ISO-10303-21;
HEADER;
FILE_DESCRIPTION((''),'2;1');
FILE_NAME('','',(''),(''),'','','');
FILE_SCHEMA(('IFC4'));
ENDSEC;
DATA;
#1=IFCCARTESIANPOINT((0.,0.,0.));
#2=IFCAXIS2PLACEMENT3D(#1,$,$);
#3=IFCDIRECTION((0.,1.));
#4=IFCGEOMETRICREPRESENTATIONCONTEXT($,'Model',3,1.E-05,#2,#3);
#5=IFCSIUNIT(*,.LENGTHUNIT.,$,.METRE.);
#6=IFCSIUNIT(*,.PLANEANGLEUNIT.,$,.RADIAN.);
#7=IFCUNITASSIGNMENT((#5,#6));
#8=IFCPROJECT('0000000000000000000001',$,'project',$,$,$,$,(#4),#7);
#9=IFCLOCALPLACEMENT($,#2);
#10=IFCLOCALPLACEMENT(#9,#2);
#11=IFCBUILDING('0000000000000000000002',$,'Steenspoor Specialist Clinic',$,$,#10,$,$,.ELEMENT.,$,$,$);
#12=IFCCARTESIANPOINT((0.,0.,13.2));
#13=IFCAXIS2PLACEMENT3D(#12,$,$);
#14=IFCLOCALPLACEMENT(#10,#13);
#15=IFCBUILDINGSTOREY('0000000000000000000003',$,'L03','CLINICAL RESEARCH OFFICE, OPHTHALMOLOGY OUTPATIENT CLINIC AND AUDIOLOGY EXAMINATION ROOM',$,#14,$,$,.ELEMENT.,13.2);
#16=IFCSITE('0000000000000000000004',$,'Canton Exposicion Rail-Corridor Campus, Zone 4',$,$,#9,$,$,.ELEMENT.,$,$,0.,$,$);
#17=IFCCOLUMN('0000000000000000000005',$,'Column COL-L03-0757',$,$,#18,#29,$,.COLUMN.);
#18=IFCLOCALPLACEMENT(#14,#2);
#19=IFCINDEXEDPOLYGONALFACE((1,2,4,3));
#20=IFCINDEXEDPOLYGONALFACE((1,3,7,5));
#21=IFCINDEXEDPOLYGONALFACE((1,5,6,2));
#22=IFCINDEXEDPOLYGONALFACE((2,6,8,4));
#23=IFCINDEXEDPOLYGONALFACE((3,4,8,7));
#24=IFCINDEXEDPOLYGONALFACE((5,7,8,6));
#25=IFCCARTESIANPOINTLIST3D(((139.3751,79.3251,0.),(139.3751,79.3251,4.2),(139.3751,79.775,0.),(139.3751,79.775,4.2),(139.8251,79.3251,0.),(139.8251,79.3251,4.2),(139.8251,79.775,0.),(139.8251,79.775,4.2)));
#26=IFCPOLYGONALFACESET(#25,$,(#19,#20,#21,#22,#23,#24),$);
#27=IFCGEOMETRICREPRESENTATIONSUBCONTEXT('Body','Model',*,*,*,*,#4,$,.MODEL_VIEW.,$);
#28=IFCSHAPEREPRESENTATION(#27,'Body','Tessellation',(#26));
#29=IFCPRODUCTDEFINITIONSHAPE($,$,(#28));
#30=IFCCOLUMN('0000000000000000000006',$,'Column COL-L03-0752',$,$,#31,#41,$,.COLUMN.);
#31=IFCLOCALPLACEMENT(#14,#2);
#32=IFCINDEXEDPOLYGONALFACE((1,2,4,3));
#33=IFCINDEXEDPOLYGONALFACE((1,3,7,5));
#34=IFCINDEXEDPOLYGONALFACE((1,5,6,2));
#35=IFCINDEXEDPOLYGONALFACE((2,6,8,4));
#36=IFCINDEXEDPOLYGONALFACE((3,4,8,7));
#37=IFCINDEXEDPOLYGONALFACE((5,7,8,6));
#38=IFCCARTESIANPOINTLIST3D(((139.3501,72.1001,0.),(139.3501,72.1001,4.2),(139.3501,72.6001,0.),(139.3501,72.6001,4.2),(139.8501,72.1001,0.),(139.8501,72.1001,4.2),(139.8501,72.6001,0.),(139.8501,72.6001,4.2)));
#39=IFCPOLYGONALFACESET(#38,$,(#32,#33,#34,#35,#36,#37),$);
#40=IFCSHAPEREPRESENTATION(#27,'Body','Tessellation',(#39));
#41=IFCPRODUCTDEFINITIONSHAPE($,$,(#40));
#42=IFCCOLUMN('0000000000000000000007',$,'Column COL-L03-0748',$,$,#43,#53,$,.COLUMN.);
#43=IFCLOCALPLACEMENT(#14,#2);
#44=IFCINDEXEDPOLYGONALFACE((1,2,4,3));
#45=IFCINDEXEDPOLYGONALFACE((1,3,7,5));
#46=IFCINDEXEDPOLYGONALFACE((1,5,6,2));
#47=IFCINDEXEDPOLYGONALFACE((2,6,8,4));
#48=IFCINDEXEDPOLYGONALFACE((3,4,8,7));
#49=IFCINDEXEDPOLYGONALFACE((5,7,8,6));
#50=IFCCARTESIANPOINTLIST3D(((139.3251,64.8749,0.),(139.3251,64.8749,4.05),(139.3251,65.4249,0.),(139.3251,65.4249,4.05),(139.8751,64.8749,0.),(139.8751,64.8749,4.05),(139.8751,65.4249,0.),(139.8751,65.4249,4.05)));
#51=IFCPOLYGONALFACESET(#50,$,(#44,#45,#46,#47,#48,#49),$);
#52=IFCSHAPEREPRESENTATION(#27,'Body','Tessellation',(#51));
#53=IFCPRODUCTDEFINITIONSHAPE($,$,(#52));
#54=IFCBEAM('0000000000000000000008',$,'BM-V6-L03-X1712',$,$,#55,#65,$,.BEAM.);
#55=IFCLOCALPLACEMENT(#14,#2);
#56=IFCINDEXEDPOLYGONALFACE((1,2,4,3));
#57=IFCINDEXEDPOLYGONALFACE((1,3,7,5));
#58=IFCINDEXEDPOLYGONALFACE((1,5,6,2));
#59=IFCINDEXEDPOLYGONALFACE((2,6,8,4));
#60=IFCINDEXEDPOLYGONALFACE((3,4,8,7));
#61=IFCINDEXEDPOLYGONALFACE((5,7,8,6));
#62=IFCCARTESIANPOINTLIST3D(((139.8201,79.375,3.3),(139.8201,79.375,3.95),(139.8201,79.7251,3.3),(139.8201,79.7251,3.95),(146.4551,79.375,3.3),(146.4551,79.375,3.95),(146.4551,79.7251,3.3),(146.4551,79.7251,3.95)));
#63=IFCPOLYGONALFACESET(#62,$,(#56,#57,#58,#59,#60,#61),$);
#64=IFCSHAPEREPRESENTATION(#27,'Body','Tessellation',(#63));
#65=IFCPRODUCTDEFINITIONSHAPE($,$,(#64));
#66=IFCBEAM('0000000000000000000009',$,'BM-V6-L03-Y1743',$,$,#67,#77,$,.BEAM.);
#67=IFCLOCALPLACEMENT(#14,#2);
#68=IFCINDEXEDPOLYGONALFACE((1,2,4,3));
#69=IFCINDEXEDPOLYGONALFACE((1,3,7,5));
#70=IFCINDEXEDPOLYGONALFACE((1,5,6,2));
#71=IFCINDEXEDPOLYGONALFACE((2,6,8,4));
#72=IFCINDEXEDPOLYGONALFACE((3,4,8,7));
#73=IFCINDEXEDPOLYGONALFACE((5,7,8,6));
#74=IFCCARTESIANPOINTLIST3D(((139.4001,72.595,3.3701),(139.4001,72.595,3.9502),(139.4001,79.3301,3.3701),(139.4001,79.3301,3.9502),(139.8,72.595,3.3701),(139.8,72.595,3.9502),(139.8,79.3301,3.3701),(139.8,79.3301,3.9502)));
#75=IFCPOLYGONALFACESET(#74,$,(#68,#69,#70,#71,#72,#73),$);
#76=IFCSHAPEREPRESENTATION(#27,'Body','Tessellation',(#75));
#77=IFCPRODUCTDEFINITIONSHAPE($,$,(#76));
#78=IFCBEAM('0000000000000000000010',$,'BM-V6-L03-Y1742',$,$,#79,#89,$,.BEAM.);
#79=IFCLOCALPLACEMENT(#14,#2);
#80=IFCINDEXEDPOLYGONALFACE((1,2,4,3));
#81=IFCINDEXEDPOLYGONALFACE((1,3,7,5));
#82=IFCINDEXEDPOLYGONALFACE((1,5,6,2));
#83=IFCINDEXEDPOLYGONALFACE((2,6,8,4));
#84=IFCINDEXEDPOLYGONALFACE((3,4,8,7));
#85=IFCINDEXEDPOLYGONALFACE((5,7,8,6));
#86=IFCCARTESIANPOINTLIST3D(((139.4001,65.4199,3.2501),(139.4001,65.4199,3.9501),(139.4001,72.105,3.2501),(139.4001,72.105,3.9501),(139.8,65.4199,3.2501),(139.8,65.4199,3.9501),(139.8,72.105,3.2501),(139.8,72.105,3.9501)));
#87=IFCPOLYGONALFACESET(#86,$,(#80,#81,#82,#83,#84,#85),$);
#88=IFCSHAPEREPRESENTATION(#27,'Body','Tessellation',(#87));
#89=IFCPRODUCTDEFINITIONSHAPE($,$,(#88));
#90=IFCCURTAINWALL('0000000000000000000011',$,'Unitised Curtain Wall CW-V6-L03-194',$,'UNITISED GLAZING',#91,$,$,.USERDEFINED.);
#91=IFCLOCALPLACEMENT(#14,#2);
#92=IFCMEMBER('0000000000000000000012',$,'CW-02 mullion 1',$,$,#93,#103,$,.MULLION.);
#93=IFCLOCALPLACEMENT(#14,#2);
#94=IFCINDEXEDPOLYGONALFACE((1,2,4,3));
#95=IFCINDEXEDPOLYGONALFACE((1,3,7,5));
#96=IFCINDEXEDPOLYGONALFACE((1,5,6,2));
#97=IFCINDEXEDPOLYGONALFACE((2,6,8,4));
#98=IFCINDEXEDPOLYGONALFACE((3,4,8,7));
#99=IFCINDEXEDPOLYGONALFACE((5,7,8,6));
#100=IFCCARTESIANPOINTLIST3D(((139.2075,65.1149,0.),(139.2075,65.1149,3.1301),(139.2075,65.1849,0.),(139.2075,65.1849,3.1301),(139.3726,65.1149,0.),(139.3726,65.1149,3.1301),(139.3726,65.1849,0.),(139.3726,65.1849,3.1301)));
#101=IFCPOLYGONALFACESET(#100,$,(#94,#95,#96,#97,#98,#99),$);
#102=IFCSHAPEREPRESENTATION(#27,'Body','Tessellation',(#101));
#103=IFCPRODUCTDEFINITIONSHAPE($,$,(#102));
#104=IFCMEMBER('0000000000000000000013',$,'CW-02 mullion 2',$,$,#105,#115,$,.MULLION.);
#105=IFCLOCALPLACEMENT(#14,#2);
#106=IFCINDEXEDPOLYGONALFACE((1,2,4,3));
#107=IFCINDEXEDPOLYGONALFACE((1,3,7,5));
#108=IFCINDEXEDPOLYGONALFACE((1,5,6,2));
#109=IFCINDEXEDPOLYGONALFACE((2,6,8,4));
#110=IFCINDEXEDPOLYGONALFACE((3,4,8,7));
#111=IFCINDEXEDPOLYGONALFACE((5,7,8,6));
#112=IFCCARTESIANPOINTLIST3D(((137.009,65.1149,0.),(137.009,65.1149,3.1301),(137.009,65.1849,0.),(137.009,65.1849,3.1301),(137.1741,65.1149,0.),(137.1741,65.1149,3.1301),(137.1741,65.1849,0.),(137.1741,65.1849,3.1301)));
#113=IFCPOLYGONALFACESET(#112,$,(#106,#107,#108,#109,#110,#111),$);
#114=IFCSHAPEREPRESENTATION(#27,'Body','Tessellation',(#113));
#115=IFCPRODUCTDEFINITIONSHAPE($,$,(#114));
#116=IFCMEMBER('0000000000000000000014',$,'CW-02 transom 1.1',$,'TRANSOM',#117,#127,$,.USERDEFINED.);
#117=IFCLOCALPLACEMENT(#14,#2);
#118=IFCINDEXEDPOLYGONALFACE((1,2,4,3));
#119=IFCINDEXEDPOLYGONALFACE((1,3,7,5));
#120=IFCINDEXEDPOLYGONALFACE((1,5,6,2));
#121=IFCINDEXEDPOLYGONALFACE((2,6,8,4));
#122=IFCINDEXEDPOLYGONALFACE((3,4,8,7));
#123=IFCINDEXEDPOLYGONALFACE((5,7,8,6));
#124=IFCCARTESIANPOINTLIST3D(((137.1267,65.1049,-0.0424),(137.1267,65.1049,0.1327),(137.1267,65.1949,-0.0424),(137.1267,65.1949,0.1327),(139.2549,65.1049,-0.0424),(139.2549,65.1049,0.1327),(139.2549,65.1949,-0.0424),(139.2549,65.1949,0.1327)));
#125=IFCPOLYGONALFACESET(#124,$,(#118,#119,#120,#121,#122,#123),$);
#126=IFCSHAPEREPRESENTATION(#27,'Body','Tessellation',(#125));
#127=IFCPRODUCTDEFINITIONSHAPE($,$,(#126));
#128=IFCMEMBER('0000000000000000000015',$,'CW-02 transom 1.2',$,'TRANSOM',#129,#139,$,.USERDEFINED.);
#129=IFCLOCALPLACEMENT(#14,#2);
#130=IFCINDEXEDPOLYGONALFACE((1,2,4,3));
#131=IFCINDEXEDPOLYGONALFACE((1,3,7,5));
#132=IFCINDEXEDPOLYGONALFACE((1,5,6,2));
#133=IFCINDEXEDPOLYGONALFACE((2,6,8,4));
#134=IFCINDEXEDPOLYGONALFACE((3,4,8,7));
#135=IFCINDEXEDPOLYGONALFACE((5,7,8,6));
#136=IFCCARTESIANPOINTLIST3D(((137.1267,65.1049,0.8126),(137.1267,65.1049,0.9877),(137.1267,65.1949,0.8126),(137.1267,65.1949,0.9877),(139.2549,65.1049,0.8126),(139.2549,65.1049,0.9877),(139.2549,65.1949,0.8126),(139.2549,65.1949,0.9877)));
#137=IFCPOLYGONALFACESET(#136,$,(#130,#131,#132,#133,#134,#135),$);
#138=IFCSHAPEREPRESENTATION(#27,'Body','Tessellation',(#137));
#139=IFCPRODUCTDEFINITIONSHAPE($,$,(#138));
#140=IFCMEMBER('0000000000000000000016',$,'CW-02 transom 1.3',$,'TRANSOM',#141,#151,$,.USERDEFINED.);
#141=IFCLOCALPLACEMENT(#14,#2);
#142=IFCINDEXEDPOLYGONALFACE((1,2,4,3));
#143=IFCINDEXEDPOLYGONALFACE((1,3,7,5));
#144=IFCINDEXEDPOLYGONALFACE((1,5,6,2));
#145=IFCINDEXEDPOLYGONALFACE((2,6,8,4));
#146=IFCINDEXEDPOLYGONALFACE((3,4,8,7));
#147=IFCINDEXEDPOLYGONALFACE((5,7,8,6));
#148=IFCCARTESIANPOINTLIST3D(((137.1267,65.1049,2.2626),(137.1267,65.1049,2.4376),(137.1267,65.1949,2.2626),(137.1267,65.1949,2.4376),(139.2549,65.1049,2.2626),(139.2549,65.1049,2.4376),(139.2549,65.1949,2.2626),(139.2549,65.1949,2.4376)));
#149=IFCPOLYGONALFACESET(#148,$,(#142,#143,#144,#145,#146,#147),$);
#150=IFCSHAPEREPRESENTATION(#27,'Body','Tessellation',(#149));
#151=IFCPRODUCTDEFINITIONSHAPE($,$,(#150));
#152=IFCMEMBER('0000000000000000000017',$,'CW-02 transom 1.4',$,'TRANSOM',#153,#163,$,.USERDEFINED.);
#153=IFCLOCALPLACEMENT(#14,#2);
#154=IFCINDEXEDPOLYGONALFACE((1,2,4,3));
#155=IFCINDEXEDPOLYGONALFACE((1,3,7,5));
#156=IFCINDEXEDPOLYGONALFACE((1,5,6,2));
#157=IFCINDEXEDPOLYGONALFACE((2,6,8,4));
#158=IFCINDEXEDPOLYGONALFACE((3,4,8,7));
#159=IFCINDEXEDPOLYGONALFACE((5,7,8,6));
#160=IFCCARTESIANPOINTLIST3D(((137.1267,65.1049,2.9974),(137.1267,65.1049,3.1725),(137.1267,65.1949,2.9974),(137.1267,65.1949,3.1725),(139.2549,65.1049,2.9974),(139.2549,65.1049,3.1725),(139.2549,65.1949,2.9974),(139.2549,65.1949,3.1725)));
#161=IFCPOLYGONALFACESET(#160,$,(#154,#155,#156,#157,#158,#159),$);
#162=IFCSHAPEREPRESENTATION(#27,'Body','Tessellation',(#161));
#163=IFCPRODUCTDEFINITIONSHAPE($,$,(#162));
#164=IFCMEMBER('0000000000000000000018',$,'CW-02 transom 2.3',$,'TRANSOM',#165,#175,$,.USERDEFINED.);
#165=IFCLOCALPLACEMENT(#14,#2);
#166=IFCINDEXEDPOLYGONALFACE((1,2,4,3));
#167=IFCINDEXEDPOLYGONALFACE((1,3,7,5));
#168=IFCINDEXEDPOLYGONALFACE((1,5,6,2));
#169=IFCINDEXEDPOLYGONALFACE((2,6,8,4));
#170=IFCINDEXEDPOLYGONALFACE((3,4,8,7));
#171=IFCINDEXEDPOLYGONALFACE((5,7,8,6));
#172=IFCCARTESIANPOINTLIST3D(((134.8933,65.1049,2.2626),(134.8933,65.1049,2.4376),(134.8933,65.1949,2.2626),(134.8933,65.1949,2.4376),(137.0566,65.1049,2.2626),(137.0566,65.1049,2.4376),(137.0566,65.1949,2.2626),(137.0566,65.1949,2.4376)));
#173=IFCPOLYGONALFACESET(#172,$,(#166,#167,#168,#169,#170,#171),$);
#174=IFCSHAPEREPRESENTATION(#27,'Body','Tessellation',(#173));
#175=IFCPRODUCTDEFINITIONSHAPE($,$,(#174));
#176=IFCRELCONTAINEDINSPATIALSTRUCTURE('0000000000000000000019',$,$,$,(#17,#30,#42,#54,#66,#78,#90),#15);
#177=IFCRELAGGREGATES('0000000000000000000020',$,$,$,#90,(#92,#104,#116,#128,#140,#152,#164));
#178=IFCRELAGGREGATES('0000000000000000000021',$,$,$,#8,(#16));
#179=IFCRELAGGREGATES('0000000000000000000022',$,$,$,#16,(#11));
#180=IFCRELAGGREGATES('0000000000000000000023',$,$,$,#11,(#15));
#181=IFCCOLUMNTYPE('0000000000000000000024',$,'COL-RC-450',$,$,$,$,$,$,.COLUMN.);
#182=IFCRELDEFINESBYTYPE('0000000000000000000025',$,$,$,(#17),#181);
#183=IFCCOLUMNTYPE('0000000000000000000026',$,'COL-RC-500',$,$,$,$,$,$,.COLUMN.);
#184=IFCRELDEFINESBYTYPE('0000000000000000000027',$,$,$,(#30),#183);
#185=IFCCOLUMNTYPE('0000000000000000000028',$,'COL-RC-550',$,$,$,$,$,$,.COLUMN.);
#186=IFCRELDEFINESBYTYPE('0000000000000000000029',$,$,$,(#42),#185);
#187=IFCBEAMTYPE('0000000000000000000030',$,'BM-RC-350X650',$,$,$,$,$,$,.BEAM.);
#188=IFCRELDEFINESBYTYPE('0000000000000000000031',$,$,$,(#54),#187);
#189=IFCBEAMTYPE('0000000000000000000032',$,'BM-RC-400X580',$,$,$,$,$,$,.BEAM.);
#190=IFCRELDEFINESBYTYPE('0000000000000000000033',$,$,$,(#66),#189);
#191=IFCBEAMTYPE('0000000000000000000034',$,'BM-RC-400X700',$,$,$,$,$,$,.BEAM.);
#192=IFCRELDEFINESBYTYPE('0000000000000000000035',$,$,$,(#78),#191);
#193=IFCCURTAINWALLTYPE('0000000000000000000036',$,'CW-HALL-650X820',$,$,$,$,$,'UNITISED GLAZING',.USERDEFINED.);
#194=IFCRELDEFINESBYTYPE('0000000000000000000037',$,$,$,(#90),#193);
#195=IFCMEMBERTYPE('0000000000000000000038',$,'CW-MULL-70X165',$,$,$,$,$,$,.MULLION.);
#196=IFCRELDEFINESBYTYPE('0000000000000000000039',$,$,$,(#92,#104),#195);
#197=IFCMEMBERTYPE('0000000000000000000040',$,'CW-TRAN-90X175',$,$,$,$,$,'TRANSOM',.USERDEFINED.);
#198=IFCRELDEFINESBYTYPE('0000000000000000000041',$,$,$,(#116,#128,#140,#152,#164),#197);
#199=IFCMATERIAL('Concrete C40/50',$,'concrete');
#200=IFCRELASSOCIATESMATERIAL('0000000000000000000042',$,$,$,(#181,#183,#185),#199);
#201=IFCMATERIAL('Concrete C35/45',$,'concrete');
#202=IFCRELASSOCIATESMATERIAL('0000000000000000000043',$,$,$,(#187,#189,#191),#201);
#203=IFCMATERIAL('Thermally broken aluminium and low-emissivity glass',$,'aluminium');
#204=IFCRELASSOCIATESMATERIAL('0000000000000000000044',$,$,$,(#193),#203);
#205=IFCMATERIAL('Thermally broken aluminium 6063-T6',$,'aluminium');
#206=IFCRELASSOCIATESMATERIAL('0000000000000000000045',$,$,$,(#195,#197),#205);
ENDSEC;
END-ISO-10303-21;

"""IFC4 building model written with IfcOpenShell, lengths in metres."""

from ifc_helpers import new_model, si_unit, direction, frame, origin, origin_2d, place, context, subcontext, project, spatial, rectangle, extrude, material, material_profile, profile_set, type_object, element, aggregate, save


model = new_model("IFC4")

# Units and contexts
model_context = context("Model", 3, precision=1e-05, world=origin(), true_north=direction((0.0, 1.0)))
body_context = subcontext(model_context, "Body", "Model", "MODEL_VIEW")
ifc_project = project(units=[si_unit("LENGTHUNIT", "METRE"), si_unit("PLANEANGLEUNIT", "RADIAN")], contexts=[model_context])

# Site, building, storey
site_placement = place(None, origin())
site = spatial("IfcSite", under=ifc_project, at=site_placement, Name="Canton Exposicion Rail-Corridor Campus, Zone 4", CompositionType="ELEMENT", RefElevation=0.0)
building_placement = place(site_placement, origin())
building = spatial("IfcBuilding", under=site, at=building_placement, Name="Steenspoor Specialist Clinic", CompositionType="ELEMENT")
storey_placement = place(building_placement, frame((0.0, 0.0, 13.2)))
storey = spatial("IfcBuildingStorey", under=building, at=storey_placement, Name="L03", Description="CLINICAL RESEARCH OFFICE, OPHTHALMOLOGY OUTPATIENT CLINIC AND AUDIOLOGY EXAMINATION ROOM", CompositionType="ELEMENT", Elevation=13.2)

# Columns
ifc_material_1 = material(Name="Concrete C40/50", Category="concrete")
ifc_material_profile_1 = material_profile(ifc_material_1, rectangle(XDim=0.45, YDim=0.45, at=origin_2d()), Name="RC-COL-450X450")
ifc_profile_set_1 = profile_set([ifc_material_profile_1], Name="Concrete C40/50")
column_type_1 = type_object("IfcColumnType", Name="COL-RC-450", PredefinedType="COLUMN", material=ifc_profile_set_1)
column_1_placement = place(storey_placement, frame((139.6001, 79.55, 0.0), z_axis=(0.0, 0.0, 1.0), x_axis=(1.0, 0.0, 0.0)))
element("IfcColumn", 1, at=column_1_placement, inside=storey, type_object=column_type_1, Name="Column COL-L03-0757", PredefinedType="COLUMN", context=body_context, shape_type="SweptSolid", body=[
    extrude(rectangle(XDim=0.45, YDim=0.45, at=origin_2d()), origin(), (0.0, 0.0, 1.0), 4.2),
])
ifc_material_profile_2 = material_profile(ifc_material_1, rectangle(XDim=0.5, YDim=0.5, at=origin_2d()), Name="RC-COL-500X500")
ifc_profile_set_2 = profile_set([ifc_material_profile_2], Name="Concrete C40/50")
column_type_2 = type_object("IfcColumnType", Name="COL-RC-500", PredefinedType="COLUMN", material=ifc_profile_set_2)
column_2_placement = place(storey_placement, frame((139.6001, 72.3501, 0.0), z_axis=(0.0, 0.0, 1.0), x_axis=(1.0, 0.0, 0.0)))
element("IfcColumn", 2, at=column_2_placement, inside=storey, type_object=column_type_2, Name="Column COL-L03-0752", PredefinedType="COLUMN", context=body_context, shape_type="SweptSolid", body=[
    extrude(rectangle(XDim=0.5, YDim=0.5, at=origin_2d()), origin(), (0.0, 0.0, 1.0), 4.2),
])
ifc_material_profile_3 = material_profile(ifc_material_1, rectangle(XDim=0.55, YDim=0.55, at=origin_2d()), Name="RC-COL-550X550")
ifc_profile_set_3 = profile_set([ifc_material_profile_3], Name="Concrete C40/50")
column_type_3 = type_object("IfcColumnType", Name="COL-RC-550", PredefinedType="COLUMN", material=ifc_profile_set_3)
column_3_placement = place(storey_placement, frame((139.6001, 65.1499, 0.0), z_axis=(0.0, 0.0, 1.0), x_axis=(1.0, 0.0, 0.0)))
element("IfcColumn", 3, at=column_3_placement, inside=storey, type_object=column_type_3, Name="Column COL-L03-0748", PredefinedType="COLUMN", context=body_context, shape_type="SweptSolid", body=[
    extrude(rectangle(XDim=0.55, YDim=0.55, at=origin_2d()), origin(), (0.0, 0.0, 1.0), 4.05),
])

# Beams
ifc_material_2 = material(Name="Concrete C35/45", Category="concrete")
ifc_material_profile_4 = material_profile(ifc_material_2, rectangle(XDim=0.3501, YDim=0.6499, at=origin_2d()), Name="RC-BM-350X650")
ifc_profile_set_4 = profile_set([ifc_material_profile_4], Name="Concrete C35/45")
beam_type_1 = type_object("IfcBeamType", Name="BM-RC-350X650", PredefinedType="BEAM", material=ifc_profile_set_4)
beam_1_placement = place(storey_placement, frame((139.8201, 79.55, 3.625), z_axis=(1.0, 0.0, 0.0), x_axis=(0.0, 1.0, 0.0)))
element("IfcBeam", 4, at=beam_1_placement, inside=storey, type_object=beam_type_1, Name="BM-V6-L03-X1712", PredefinedType="BEAM", context=body_context, shape_type="SweptSolid", body=[
    extrude(rectangle(XDim=0.3501, YDim=0.6499, at=origin_2d()), origin(), (0.0, 0.0, 1.0), 6.635),
])
ifc_material_profile_5 = material_profile(ifc_material_2, rectangle(XDim=0.3999, YDim=0.5801, at=origin_2d()), Name="RC-BM-400X580")
ifc_profile_set_5 = profile_set([ifc_material_profile_5], Name="Concrete C35/45")
beam_type_2 = type_object("IfcBeamType", Name="BM-RC-400X580", PredefinedType="BEAM", material=ifc_profile_set_5)
beam_2_placement = place(storey_placement, frame((139.6001, 72.595, 3.6602), z_axis=(0.0, 1.0, 0.0), x_axis=(-1.0, 0.0, 0.0)))
element("IfcBeam", 5, at=beam_2_placement, inside=storey, type_object=beam_type_2, Name="BM-V6-L03-Y1743", PredefinedType="BEAM", context=body_context, shape_type="SweptSolid", body=[
    extrude(rectangle(XDim=0.3999, YDim=0.5801, at=origin_2d()), origin(), (0.0, 0.0, 1.0), 6.7351),
])
ifc_material_profile_6 = material_profile(ifc_material_2, rectangle(XDim=0.3999, YDim=0.7, at=origin_2d()), Name="RC-BM-400X700")
ifc_profile_set_6 = profile_set([ifc_material_profile_6], Name="Concrete C35/45")
beam_type_3 = type_object("IfcBeamType", Name="BM-RC-400X700", PredefinedType="BEAM", material=ifc_profile_set_6)
beam_3_placement = place(storey_placement, frame((139.6001, 65.4199, 3.6001), z_axis=(0.0, 1.0, 0.0), x_axis=(-1.0, 0.0, 0.0)))
element("IfcBeam", 6, at=beam_3_placement, inside=storey, type_object=beam_type_3, Name="BM-V6-L03-Y1742", PredefinedType="BEAM", context=body_context, shape_type="SweptSolid", body=[
    extrude(rectangle(XDim=0.3999, YDim=0.7, at=origin_2d()), origin(), (0.0, 0.0, 1.0), 6.6851),
])

# Curtain wall, members
ifc_material_3 = material(Name="Thermally broken aluminium and low-emissivity glass", Category="aluminium")
curtain_wall_type = type_object("IfcCurtainWallType", Name="CW-HALL-650X820", ElementType="UNITISED GLAZING", PredefinedType="USERDEFINED", material=ifc_material_3)
curtain_wall_placement = place(storey_placement, origin())
curtain_wall = element("IfcCurtainWall", 7, at=curtain_wall_placement, inside=storey, type_object=curtain_wall_type, Name="Unitised Curtain Wall CW-V6-L03-194", ObjectType="UNITISED GLAZING", PredefinedType="USERDEFINED")
ifc_material_4 = material(Name="Thermally broken aluminium 6063-T6", Category="aluminium")
ifc_material_profile_7 = material_profile(ifc_material_4, rectangle(XDim=0.0701, YDim=0.165, at=origin_2d()), Name="CWM-70X165")
ifc_profile_set_7 = profile_set([ifc_material_profile_7], Name="Thermally broken aluminium 6063-T6")
member_type_1 = type_object("IfcMemberType", Name="CW-MULL-70X165", PredefinedType="MULLION", material=ifc_profile_set_7)
member_1_placement = place(storey_placement, frame((139.29, 65.1499, 0.0), z_axis=(0.0, 0.0, 1.0), x_axis=(0.0, -1.0, 0.0)))
member_1 = element("IfcMember", 8, at=member_1_placement, type_object=member_type_1, Name="CW-02 mullion 1", PredefinedType="MULLION", context=body_context, shape_type="SweptSolid", body=[
    extrude(rectangle(XDim=0.0701, YDim=0.165, at=origin_2d()), origin(), (0.0, 0.0, 1.0), 3.1301),
])
member_2_placement = place(storey_placement, frame((137.0916, 65.1499, 0.0), z_axis=(0.0, 0.0, 1.0), x_axis=(0.0, -1.0, 0.0)))
member_2 = element("IfcMember", 9, at=member_2_placement, type_object=member_type_1, Name="CW-02 mullion 2", PredefinedType="MULLION", context=body_context, shape_type="SweptSolid", body=[
    extrude(rectangle(XDim=0.0701, YDim=0.165, at=origin_2d()), origin(), (0.0, 0.0, 1.0), 3.1301),
])
ifc_material_profile_8 = material_profile(ifc_material_4, rectangle(XDim=0.0901, YDim=0.175, at=origin_2d()), Name="CWT-90X175")
ifc_profile_set_8 = profile_set([ifc_material_profile_8], Name="Thermally broken aluminium 6063-T6")
member_type_2 = type_object("IfcMemberType", Name="CW-TRAN-90X175", ElementType="TRANSOM", PredefinedType="USERDEFINED", material=ifc_profile_set_8)
member_3_placement = place(storey_placement, frame((139.2549, 65.1499, 0.0452), z_axis=(-1.0, 0.0, 0.0), x_axis=(0.0, -1.0, 0.0)))
member_3 = element("IfcMember", 10, at=member_3_placement, type_object=member_type_2, Name="CW-02 transom 1.1", ObjectType="TRANSOM", PredefinedType="USERDEFINED", context=body_context, shape_type="SweptSolid", body=[
    extrude(rectangle(XDim=0.0901, YDim=0.175, at=origin_2d()), origin(), (0.0, 0.0, 1.0), 2.1282),
])
member_4_placement = place(storey_placement, frame((139.2549, 65.1499, 0.9001), z_axis=(-1.0, 0.0, 0.0), x_axis=(0.0, -1.0, 0.0)))
member_4 = element("IfcMember", 11, at=member_4_placement, type_object=member_type_2, Name="CW-02 transom 1.2", ObjectType="TRANSOM", PredefinedType="USERDEFINED", context=body_context, shape_type="SweptSolid", body=[
    extrude(rectangle(XDim=0.0901, YDim=0.175, at=origin_2d()), origin(), (0.0, 0.0, 1.0), 2.1282),
])
member_5_placement = place(storey_placement, frame((139.2549, 65.1499, 2.3501), z_axis=(-1.0, 0.0, 0.0), x_axis=(0.0, -1.0, 0.0)))
member_5 = element("IfcMember", 12, at=member_5_placement, type_object=member_type_2, Name="CW-02 transom 1.3", ObjectType="TRANSOM", PredefinedType="USERDEFINED", context=body_context, shape_type="SweptSolid", body=[
    extrude(rectangle(XDim=0.0901, YDim=0.175, at=origin_2d()), origin(), (0.0, 0.0, 1.0), 2.1282),
])
member_6_placement = place(storey_placement, frame((139.2549, 65.1499, 3.085), z_axis=(-1.0, 0.0, 0.0), x_axis=(0.0, -1.0, 0.0)))
member_6 = element("IfcMember", 13, at=member_6_placement, type_object=member_type_2, Name="CW-02 transom 1.4", ObjectType="TRANSOM", PredefinedType="USERDEFINED", context=body_context, shape_type="SweptSolid", body=[
    extrude(rectangle(XDim=0.0901, YDim=0.175, at=origin_2d()), origin(), (0.0, 0.0, 1.0), 2.1282),
])
member_7_placement = place(storey_placement, frame((137.0566, 65.1499, 2.3501), z_axis=(-1.0, 0.0, 0.0), x_axis=(0.0, -1.0, 0.0)))
member_7 = element("IfcMember", 14, at=member_7_placement, type_object=member_type_2, Name="CW-02 transom 2.3", ObjectType="TRANSOM", PredefinedType="USERDEFINED", context=body_context, shape_type="SweptSolid", body=[
    extrude(rectangle(XDim=0.0901, YDim=0.175, at=origin_2d()), origin(), (0.0, 0.0, 1.0), 2.1633),
])

aggregate(curtain_wall, [member_1, member_2, member_3, member_4, member_5, member_6, member_7])

save(model, "model.ifc")
